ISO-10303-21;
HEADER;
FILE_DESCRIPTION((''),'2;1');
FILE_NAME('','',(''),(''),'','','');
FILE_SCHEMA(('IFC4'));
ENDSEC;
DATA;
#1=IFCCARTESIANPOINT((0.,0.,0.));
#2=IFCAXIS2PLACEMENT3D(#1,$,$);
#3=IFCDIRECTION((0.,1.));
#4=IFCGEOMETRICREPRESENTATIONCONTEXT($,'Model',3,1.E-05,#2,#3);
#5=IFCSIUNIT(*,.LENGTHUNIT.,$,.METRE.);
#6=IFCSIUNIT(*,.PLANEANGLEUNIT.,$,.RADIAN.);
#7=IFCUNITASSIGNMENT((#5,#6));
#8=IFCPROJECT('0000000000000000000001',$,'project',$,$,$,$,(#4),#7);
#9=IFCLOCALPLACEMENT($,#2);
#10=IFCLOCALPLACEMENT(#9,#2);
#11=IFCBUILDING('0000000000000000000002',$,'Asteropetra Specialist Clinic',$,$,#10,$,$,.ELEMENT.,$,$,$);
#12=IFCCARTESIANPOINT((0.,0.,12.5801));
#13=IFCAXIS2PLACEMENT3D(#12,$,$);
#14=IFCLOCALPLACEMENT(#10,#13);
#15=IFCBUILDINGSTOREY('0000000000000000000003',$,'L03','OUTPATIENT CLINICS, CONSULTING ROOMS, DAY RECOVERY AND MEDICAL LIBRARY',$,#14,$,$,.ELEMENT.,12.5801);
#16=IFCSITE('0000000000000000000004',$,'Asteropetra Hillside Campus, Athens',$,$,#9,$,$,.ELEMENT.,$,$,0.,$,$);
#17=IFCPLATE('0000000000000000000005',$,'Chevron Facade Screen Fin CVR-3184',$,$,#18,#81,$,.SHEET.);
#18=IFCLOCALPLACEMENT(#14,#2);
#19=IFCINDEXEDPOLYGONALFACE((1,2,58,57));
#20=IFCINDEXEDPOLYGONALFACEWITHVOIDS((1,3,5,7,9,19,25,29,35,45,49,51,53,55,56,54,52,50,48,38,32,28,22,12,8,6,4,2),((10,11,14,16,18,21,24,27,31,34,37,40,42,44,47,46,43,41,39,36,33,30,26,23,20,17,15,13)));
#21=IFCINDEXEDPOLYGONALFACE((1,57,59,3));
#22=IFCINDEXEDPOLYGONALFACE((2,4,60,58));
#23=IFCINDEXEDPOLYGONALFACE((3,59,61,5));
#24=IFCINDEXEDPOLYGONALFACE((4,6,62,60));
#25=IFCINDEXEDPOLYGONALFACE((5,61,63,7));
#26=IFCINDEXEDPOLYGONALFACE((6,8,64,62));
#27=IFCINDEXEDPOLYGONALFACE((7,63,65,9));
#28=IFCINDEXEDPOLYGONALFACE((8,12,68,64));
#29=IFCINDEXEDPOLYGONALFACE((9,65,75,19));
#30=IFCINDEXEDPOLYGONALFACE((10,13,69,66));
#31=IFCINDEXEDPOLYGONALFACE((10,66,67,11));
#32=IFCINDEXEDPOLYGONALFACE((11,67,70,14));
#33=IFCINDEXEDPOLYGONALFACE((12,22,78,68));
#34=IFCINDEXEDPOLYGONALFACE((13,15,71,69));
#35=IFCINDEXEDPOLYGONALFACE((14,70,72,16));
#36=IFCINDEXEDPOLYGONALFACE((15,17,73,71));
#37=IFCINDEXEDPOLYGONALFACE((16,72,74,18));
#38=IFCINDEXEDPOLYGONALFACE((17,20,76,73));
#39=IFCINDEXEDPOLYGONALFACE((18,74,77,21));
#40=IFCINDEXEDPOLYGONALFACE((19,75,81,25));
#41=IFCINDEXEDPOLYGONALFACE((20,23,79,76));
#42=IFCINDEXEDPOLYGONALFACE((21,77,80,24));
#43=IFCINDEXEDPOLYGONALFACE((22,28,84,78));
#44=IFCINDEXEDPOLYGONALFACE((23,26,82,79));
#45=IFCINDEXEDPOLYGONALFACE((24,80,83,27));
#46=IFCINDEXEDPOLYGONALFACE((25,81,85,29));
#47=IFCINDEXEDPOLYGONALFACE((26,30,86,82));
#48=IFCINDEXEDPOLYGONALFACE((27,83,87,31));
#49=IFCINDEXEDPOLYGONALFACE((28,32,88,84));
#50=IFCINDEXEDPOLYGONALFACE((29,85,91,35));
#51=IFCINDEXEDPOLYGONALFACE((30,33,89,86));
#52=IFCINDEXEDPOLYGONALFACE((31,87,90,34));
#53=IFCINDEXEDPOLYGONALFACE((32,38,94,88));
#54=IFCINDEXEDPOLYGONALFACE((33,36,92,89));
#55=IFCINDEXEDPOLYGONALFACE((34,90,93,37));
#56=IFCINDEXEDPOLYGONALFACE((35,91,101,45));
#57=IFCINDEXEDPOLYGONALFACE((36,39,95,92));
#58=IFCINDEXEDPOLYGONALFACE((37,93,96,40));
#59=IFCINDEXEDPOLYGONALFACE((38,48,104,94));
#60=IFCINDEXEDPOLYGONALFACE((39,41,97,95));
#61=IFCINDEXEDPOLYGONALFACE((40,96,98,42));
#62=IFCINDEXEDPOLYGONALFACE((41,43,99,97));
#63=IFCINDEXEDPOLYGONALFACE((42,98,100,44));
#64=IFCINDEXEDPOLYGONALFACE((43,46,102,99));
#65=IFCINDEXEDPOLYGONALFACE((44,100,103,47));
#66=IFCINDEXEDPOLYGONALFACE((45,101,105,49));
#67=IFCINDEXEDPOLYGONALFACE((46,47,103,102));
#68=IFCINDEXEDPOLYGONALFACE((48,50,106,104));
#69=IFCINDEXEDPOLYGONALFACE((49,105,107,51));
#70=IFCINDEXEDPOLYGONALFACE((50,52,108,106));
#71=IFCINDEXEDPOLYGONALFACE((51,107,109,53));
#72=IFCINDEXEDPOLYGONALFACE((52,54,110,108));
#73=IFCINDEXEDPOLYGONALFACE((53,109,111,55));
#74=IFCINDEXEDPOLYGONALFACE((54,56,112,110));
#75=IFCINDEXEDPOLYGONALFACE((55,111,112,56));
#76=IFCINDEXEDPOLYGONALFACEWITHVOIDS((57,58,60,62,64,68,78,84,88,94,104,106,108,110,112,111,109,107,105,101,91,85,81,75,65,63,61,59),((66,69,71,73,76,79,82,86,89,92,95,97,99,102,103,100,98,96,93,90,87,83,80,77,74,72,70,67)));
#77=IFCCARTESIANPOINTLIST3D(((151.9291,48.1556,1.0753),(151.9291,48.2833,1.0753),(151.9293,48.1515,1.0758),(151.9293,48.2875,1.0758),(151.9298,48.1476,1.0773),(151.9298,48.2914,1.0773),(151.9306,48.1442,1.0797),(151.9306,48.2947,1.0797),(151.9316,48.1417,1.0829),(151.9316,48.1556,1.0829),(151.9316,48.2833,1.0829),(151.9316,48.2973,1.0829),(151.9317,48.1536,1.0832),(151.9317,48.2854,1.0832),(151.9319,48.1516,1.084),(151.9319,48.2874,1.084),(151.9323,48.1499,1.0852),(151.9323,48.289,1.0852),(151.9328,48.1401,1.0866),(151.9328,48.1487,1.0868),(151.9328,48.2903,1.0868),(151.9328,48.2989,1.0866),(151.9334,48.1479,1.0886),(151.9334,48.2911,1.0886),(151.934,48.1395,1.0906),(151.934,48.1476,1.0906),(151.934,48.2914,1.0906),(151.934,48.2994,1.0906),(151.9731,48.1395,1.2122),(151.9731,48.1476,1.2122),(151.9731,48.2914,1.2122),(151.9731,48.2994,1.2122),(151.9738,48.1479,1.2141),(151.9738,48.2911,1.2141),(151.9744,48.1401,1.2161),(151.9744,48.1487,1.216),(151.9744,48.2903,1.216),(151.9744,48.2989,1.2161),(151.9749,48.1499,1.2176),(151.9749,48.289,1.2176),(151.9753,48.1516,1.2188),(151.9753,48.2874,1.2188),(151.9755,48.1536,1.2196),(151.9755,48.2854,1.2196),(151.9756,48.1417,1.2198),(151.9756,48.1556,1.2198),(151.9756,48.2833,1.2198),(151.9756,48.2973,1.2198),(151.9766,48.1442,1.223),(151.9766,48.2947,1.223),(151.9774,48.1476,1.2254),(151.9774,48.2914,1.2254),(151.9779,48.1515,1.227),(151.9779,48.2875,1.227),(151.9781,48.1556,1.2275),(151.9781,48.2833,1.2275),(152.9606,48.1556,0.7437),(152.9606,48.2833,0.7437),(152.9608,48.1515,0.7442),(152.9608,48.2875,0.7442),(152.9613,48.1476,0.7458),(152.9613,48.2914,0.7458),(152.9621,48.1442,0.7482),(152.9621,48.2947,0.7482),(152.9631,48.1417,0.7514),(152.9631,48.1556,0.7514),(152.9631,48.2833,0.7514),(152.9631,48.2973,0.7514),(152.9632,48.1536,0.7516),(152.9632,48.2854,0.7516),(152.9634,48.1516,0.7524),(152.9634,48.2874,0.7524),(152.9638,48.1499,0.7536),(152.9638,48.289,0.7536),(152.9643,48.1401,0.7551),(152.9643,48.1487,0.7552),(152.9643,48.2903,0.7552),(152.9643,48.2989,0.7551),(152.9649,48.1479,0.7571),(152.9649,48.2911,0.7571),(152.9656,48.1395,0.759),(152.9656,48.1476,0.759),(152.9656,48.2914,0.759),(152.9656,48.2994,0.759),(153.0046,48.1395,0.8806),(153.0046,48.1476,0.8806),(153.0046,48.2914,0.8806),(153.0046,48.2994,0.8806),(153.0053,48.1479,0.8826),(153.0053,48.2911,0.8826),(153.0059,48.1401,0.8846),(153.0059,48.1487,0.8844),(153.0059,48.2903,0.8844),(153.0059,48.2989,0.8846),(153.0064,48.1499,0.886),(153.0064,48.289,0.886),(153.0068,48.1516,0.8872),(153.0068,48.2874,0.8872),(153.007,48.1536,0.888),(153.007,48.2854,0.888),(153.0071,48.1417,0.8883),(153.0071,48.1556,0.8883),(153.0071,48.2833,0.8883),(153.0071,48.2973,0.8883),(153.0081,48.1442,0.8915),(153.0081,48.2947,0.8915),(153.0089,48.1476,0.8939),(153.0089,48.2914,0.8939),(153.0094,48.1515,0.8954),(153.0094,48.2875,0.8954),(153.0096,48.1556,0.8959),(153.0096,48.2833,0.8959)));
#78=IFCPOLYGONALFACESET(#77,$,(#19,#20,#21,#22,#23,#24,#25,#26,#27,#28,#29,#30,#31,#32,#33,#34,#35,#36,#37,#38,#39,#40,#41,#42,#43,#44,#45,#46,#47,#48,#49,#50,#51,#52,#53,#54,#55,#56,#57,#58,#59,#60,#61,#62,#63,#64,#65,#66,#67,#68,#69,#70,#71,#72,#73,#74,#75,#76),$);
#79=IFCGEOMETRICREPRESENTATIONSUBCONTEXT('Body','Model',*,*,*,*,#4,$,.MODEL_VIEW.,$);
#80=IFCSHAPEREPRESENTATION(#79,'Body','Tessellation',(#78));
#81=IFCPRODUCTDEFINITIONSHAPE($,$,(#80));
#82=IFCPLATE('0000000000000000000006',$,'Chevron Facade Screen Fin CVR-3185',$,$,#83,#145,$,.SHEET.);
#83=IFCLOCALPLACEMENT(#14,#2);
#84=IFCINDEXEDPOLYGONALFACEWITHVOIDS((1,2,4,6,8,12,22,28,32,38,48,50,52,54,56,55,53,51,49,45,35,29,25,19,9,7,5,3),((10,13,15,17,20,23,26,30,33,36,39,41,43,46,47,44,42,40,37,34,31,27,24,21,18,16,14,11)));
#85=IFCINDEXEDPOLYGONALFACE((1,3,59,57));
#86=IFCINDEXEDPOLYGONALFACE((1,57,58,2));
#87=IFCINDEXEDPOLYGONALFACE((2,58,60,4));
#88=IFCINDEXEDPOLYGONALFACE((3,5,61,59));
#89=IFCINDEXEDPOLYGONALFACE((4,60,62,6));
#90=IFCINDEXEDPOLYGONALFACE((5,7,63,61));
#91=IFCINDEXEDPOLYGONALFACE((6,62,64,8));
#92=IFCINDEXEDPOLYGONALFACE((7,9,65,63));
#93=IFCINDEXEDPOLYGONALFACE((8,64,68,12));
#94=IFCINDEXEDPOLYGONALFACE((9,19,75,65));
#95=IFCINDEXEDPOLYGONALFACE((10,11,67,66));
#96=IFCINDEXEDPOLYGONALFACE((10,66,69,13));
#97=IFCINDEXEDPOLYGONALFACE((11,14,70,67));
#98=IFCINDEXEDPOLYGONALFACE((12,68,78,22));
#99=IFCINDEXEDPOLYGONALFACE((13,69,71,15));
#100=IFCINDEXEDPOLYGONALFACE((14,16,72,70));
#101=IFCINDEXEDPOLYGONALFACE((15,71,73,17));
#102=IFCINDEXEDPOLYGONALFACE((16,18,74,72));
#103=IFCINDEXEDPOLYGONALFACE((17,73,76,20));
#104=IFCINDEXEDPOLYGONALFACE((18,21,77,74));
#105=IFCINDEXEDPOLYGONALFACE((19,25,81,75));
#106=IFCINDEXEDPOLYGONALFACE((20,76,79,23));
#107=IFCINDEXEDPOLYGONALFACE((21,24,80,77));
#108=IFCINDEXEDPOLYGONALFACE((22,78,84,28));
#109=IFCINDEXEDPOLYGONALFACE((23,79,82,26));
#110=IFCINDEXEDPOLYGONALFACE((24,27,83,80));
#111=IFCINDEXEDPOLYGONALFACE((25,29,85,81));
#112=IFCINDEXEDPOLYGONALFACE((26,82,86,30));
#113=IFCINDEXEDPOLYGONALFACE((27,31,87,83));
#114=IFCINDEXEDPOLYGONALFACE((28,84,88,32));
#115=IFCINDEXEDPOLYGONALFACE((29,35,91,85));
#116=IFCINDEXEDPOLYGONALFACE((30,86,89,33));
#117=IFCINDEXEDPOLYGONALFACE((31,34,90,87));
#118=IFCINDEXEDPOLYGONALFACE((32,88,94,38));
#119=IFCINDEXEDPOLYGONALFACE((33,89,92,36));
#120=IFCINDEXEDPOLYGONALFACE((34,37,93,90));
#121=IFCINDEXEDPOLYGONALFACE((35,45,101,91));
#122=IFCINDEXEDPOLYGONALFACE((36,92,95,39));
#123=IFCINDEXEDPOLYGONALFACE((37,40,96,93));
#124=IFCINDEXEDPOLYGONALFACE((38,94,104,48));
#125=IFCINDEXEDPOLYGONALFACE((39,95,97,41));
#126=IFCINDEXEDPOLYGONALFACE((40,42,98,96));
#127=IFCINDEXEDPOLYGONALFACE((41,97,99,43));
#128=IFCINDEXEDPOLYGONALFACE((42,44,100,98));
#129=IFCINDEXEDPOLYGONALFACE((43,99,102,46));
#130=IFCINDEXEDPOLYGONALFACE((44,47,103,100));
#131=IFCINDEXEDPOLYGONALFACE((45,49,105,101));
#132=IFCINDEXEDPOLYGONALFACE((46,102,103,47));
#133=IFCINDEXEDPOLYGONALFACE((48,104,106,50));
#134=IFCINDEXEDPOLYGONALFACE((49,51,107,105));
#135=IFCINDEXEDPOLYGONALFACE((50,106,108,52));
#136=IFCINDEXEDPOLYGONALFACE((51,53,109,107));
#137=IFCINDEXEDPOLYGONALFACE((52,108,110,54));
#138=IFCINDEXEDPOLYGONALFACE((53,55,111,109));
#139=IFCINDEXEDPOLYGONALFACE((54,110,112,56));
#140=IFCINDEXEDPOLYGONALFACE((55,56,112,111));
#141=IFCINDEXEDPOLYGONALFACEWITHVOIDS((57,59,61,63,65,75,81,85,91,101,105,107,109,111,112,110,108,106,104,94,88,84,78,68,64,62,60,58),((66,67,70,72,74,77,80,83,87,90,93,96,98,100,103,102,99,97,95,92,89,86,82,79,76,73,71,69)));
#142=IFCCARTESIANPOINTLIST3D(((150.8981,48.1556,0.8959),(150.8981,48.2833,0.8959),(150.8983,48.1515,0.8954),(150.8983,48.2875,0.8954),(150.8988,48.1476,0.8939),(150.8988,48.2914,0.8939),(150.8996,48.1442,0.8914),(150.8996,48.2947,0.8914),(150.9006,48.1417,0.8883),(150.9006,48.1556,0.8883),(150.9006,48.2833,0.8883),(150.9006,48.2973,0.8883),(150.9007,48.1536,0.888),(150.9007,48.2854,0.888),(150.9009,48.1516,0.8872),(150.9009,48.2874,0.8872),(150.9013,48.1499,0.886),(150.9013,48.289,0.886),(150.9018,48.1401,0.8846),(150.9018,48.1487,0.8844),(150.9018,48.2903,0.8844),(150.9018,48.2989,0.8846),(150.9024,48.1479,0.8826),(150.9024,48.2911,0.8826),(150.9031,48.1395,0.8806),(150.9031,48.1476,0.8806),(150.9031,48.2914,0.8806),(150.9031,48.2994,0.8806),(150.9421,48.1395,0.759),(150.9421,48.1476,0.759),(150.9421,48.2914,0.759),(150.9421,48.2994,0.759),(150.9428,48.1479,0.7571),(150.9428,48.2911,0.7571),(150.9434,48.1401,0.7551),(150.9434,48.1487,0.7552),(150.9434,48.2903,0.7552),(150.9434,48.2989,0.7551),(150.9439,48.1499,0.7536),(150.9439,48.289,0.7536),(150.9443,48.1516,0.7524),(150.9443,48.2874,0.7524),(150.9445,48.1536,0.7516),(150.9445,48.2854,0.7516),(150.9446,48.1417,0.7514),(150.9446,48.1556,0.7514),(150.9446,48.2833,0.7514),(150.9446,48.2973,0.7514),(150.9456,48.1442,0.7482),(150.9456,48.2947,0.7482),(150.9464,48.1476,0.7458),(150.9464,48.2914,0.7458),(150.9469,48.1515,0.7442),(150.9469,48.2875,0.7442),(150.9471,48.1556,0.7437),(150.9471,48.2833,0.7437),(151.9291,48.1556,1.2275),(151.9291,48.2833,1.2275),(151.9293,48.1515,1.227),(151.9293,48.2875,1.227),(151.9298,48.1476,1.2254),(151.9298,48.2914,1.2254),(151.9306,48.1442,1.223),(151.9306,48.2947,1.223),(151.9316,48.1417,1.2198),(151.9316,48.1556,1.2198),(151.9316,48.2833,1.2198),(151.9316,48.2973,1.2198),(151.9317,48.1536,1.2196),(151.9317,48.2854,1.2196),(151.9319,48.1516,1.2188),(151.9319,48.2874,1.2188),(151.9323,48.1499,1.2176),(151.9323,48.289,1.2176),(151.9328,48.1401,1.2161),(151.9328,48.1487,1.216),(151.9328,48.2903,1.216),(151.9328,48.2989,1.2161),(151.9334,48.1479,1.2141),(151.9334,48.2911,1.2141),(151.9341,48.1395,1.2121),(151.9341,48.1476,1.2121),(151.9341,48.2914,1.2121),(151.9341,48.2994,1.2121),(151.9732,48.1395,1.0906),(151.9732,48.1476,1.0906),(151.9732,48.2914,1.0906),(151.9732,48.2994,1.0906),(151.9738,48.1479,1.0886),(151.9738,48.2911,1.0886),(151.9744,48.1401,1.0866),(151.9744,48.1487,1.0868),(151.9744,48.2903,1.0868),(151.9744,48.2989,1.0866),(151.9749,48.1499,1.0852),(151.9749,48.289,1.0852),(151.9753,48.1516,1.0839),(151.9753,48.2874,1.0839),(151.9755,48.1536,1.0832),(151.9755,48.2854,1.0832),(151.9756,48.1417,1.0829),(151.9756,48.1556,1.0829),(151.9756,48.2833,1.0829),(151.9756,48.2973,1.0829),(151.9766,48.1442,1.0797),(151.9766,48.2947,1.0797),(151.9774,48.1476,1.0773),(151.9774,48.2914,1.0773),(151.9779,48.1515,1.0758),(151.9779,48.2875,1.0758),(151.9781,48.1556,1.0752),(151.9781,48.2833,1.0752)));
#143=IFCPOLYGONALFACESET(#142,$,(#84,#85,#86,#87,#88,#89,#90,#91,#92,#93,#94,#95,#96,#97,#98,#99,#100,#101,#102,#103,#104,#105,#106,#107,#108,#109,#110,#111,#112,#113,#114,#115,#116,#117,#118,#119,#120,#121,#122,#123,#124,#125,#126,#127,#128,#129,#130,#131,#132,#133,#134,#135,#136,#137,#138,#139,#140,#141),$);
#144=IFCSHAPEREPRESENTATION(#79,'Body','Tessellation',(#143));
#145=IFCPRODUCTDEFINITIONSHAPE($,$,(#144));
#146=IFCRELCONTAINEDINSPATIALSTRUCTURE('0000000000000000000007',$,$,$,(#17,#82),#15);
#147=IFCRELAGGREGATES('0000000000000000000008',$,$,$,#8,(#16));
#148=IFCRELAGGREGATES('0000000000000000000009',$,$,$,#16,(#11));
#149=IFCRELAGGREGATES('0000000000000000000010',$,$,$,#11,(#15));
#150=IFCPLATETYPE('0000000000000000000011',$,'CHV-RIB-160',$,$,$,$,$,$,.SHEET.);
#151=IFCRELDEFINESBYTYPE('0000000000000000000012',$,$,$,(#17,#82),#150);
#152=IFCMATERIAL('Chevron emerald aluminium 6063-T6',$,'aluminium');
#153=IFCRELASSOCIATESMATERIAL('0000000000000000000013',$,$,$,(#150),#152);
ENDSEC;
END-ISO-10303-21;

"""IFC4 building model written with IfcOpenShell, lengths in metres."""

from ifc_helpers import new_model, si_unit, direction, frame, origin, origin_2d, place, context, subcontext, project, spatial, hollow_rectangle, extrude, material, material_profile, profile_set, type_object, element, save


model = new_model("IFC4")

# Units and contexts
model_context = context("Model", 3, precision=1e-05, world=origin(), true_north=direction((0.0, 1.0)))
body_context = subcontext(model_context, "Body", "Model", "MODEL_VIEW")
ifc_project = project(units=[si_unit("LENGTHUNIT", "METRE"), si_unit("PLANEANGLEUNIT", "RADIAN")], contexts=[model_context])

# Site, building, storey
site_placement = place(None, origin())
site = spatial("IfcSite", under=ifc_project, at=site_placement, Name="Asteropetra Hillside Campus, Athens", CompositionType="ELEMENT", RefElevation=0.0)
building_placement = place(site_placement, origin())
building = spatial("IfcBuilding", under=site, at=building_placement, Name="Asteropetra Specialist Clinic", CompositionType="ELEMENT")
storey_placement = place(building_placement, frame((0.0, 0.0, 12.5801)))
storey = spatial("IfcBuildingStorey", under=building, at=storey_placement, Name="L03", Description="OUTPATIENT CLINICS, CONSULTING ROOMS, DAY RECOVERY AND MEDICAL LIBRARY", CompositionType="ELEMENT", Elevation=12.5801)

# Plates
ifc_material_1 = material(Name="Chevron emerald aluminium 6063-T6", Category="aluminium")
ifc_material_profile_1 = material_profile(ifc_material_1, hollow_rectangle(XDim=0.1599, YDim=0.1599, WallThickness=0.0081, InnerFilletRadius=0.0081, OuterFilletRadius=0.0161, at=origin_2d()), Name="SHS 160x160x8.0")
ifc_profile_set_1 = profile_set([ifc_material_profile_1], Name="Chevron emerald aluminium 6063-T6")
plate_type_1 = type_object("IfcPlateType", Name="CHV-RIB-160", PredefinedType="SHEET", material=ifc_profile_set_1)
plate_1_placement = place(storey_placement, frame((152.9851, 48.2195, 0.8198), z_axis=(-0.952031, 0.0, 0.306002), x_axis=(0.0, -1.0, 0.0)))
element("IfcPlate", 1, at=plate_1_placement, inside=storey, type_object=plate_type_1, Name="Chevron Facade Screen Fin CVR-3184", PredefinedType="SHEET", context=body_context, shape_type="SweptSolid", body=[
    extrude(hollow_rectangle(XDim=0.1599, YDim=0.1599, WallThickness=0.0081, InnerFilletRadius=0.0081, OuterFilletRadius=0.0161, at=origin_2d()), origin(), (0.0, 0.0, 1.0), 1.0835),
])
plate_2_placement = place(storey_placement, frame((151.9536, 48.2195, 1.1514), z_axis=(-0.951989, 0.0, -0.306133), x_axis=(0.0, -1.0, 0.0)))
element("IfcPlate", 2, at=plate_2_placement, inside=storey, type_object=plate_type_1, Name="Chevron Facade Screen Fin CVR-3185", PredefinedType="SHEET", context=body_context, shape_type="SweptSolid", body=[
    extrude(hollow_rectangle(XDim=0.1599, YDim=0.1599, WallThickness=0.0081, InnerFilletRadius=0.0081, OuterFilletRadius=0.0161, at=origin_2d()), origin(), (0.0, 0.0, 1.0), 1.083),
])

save(model, "model.ifc")
